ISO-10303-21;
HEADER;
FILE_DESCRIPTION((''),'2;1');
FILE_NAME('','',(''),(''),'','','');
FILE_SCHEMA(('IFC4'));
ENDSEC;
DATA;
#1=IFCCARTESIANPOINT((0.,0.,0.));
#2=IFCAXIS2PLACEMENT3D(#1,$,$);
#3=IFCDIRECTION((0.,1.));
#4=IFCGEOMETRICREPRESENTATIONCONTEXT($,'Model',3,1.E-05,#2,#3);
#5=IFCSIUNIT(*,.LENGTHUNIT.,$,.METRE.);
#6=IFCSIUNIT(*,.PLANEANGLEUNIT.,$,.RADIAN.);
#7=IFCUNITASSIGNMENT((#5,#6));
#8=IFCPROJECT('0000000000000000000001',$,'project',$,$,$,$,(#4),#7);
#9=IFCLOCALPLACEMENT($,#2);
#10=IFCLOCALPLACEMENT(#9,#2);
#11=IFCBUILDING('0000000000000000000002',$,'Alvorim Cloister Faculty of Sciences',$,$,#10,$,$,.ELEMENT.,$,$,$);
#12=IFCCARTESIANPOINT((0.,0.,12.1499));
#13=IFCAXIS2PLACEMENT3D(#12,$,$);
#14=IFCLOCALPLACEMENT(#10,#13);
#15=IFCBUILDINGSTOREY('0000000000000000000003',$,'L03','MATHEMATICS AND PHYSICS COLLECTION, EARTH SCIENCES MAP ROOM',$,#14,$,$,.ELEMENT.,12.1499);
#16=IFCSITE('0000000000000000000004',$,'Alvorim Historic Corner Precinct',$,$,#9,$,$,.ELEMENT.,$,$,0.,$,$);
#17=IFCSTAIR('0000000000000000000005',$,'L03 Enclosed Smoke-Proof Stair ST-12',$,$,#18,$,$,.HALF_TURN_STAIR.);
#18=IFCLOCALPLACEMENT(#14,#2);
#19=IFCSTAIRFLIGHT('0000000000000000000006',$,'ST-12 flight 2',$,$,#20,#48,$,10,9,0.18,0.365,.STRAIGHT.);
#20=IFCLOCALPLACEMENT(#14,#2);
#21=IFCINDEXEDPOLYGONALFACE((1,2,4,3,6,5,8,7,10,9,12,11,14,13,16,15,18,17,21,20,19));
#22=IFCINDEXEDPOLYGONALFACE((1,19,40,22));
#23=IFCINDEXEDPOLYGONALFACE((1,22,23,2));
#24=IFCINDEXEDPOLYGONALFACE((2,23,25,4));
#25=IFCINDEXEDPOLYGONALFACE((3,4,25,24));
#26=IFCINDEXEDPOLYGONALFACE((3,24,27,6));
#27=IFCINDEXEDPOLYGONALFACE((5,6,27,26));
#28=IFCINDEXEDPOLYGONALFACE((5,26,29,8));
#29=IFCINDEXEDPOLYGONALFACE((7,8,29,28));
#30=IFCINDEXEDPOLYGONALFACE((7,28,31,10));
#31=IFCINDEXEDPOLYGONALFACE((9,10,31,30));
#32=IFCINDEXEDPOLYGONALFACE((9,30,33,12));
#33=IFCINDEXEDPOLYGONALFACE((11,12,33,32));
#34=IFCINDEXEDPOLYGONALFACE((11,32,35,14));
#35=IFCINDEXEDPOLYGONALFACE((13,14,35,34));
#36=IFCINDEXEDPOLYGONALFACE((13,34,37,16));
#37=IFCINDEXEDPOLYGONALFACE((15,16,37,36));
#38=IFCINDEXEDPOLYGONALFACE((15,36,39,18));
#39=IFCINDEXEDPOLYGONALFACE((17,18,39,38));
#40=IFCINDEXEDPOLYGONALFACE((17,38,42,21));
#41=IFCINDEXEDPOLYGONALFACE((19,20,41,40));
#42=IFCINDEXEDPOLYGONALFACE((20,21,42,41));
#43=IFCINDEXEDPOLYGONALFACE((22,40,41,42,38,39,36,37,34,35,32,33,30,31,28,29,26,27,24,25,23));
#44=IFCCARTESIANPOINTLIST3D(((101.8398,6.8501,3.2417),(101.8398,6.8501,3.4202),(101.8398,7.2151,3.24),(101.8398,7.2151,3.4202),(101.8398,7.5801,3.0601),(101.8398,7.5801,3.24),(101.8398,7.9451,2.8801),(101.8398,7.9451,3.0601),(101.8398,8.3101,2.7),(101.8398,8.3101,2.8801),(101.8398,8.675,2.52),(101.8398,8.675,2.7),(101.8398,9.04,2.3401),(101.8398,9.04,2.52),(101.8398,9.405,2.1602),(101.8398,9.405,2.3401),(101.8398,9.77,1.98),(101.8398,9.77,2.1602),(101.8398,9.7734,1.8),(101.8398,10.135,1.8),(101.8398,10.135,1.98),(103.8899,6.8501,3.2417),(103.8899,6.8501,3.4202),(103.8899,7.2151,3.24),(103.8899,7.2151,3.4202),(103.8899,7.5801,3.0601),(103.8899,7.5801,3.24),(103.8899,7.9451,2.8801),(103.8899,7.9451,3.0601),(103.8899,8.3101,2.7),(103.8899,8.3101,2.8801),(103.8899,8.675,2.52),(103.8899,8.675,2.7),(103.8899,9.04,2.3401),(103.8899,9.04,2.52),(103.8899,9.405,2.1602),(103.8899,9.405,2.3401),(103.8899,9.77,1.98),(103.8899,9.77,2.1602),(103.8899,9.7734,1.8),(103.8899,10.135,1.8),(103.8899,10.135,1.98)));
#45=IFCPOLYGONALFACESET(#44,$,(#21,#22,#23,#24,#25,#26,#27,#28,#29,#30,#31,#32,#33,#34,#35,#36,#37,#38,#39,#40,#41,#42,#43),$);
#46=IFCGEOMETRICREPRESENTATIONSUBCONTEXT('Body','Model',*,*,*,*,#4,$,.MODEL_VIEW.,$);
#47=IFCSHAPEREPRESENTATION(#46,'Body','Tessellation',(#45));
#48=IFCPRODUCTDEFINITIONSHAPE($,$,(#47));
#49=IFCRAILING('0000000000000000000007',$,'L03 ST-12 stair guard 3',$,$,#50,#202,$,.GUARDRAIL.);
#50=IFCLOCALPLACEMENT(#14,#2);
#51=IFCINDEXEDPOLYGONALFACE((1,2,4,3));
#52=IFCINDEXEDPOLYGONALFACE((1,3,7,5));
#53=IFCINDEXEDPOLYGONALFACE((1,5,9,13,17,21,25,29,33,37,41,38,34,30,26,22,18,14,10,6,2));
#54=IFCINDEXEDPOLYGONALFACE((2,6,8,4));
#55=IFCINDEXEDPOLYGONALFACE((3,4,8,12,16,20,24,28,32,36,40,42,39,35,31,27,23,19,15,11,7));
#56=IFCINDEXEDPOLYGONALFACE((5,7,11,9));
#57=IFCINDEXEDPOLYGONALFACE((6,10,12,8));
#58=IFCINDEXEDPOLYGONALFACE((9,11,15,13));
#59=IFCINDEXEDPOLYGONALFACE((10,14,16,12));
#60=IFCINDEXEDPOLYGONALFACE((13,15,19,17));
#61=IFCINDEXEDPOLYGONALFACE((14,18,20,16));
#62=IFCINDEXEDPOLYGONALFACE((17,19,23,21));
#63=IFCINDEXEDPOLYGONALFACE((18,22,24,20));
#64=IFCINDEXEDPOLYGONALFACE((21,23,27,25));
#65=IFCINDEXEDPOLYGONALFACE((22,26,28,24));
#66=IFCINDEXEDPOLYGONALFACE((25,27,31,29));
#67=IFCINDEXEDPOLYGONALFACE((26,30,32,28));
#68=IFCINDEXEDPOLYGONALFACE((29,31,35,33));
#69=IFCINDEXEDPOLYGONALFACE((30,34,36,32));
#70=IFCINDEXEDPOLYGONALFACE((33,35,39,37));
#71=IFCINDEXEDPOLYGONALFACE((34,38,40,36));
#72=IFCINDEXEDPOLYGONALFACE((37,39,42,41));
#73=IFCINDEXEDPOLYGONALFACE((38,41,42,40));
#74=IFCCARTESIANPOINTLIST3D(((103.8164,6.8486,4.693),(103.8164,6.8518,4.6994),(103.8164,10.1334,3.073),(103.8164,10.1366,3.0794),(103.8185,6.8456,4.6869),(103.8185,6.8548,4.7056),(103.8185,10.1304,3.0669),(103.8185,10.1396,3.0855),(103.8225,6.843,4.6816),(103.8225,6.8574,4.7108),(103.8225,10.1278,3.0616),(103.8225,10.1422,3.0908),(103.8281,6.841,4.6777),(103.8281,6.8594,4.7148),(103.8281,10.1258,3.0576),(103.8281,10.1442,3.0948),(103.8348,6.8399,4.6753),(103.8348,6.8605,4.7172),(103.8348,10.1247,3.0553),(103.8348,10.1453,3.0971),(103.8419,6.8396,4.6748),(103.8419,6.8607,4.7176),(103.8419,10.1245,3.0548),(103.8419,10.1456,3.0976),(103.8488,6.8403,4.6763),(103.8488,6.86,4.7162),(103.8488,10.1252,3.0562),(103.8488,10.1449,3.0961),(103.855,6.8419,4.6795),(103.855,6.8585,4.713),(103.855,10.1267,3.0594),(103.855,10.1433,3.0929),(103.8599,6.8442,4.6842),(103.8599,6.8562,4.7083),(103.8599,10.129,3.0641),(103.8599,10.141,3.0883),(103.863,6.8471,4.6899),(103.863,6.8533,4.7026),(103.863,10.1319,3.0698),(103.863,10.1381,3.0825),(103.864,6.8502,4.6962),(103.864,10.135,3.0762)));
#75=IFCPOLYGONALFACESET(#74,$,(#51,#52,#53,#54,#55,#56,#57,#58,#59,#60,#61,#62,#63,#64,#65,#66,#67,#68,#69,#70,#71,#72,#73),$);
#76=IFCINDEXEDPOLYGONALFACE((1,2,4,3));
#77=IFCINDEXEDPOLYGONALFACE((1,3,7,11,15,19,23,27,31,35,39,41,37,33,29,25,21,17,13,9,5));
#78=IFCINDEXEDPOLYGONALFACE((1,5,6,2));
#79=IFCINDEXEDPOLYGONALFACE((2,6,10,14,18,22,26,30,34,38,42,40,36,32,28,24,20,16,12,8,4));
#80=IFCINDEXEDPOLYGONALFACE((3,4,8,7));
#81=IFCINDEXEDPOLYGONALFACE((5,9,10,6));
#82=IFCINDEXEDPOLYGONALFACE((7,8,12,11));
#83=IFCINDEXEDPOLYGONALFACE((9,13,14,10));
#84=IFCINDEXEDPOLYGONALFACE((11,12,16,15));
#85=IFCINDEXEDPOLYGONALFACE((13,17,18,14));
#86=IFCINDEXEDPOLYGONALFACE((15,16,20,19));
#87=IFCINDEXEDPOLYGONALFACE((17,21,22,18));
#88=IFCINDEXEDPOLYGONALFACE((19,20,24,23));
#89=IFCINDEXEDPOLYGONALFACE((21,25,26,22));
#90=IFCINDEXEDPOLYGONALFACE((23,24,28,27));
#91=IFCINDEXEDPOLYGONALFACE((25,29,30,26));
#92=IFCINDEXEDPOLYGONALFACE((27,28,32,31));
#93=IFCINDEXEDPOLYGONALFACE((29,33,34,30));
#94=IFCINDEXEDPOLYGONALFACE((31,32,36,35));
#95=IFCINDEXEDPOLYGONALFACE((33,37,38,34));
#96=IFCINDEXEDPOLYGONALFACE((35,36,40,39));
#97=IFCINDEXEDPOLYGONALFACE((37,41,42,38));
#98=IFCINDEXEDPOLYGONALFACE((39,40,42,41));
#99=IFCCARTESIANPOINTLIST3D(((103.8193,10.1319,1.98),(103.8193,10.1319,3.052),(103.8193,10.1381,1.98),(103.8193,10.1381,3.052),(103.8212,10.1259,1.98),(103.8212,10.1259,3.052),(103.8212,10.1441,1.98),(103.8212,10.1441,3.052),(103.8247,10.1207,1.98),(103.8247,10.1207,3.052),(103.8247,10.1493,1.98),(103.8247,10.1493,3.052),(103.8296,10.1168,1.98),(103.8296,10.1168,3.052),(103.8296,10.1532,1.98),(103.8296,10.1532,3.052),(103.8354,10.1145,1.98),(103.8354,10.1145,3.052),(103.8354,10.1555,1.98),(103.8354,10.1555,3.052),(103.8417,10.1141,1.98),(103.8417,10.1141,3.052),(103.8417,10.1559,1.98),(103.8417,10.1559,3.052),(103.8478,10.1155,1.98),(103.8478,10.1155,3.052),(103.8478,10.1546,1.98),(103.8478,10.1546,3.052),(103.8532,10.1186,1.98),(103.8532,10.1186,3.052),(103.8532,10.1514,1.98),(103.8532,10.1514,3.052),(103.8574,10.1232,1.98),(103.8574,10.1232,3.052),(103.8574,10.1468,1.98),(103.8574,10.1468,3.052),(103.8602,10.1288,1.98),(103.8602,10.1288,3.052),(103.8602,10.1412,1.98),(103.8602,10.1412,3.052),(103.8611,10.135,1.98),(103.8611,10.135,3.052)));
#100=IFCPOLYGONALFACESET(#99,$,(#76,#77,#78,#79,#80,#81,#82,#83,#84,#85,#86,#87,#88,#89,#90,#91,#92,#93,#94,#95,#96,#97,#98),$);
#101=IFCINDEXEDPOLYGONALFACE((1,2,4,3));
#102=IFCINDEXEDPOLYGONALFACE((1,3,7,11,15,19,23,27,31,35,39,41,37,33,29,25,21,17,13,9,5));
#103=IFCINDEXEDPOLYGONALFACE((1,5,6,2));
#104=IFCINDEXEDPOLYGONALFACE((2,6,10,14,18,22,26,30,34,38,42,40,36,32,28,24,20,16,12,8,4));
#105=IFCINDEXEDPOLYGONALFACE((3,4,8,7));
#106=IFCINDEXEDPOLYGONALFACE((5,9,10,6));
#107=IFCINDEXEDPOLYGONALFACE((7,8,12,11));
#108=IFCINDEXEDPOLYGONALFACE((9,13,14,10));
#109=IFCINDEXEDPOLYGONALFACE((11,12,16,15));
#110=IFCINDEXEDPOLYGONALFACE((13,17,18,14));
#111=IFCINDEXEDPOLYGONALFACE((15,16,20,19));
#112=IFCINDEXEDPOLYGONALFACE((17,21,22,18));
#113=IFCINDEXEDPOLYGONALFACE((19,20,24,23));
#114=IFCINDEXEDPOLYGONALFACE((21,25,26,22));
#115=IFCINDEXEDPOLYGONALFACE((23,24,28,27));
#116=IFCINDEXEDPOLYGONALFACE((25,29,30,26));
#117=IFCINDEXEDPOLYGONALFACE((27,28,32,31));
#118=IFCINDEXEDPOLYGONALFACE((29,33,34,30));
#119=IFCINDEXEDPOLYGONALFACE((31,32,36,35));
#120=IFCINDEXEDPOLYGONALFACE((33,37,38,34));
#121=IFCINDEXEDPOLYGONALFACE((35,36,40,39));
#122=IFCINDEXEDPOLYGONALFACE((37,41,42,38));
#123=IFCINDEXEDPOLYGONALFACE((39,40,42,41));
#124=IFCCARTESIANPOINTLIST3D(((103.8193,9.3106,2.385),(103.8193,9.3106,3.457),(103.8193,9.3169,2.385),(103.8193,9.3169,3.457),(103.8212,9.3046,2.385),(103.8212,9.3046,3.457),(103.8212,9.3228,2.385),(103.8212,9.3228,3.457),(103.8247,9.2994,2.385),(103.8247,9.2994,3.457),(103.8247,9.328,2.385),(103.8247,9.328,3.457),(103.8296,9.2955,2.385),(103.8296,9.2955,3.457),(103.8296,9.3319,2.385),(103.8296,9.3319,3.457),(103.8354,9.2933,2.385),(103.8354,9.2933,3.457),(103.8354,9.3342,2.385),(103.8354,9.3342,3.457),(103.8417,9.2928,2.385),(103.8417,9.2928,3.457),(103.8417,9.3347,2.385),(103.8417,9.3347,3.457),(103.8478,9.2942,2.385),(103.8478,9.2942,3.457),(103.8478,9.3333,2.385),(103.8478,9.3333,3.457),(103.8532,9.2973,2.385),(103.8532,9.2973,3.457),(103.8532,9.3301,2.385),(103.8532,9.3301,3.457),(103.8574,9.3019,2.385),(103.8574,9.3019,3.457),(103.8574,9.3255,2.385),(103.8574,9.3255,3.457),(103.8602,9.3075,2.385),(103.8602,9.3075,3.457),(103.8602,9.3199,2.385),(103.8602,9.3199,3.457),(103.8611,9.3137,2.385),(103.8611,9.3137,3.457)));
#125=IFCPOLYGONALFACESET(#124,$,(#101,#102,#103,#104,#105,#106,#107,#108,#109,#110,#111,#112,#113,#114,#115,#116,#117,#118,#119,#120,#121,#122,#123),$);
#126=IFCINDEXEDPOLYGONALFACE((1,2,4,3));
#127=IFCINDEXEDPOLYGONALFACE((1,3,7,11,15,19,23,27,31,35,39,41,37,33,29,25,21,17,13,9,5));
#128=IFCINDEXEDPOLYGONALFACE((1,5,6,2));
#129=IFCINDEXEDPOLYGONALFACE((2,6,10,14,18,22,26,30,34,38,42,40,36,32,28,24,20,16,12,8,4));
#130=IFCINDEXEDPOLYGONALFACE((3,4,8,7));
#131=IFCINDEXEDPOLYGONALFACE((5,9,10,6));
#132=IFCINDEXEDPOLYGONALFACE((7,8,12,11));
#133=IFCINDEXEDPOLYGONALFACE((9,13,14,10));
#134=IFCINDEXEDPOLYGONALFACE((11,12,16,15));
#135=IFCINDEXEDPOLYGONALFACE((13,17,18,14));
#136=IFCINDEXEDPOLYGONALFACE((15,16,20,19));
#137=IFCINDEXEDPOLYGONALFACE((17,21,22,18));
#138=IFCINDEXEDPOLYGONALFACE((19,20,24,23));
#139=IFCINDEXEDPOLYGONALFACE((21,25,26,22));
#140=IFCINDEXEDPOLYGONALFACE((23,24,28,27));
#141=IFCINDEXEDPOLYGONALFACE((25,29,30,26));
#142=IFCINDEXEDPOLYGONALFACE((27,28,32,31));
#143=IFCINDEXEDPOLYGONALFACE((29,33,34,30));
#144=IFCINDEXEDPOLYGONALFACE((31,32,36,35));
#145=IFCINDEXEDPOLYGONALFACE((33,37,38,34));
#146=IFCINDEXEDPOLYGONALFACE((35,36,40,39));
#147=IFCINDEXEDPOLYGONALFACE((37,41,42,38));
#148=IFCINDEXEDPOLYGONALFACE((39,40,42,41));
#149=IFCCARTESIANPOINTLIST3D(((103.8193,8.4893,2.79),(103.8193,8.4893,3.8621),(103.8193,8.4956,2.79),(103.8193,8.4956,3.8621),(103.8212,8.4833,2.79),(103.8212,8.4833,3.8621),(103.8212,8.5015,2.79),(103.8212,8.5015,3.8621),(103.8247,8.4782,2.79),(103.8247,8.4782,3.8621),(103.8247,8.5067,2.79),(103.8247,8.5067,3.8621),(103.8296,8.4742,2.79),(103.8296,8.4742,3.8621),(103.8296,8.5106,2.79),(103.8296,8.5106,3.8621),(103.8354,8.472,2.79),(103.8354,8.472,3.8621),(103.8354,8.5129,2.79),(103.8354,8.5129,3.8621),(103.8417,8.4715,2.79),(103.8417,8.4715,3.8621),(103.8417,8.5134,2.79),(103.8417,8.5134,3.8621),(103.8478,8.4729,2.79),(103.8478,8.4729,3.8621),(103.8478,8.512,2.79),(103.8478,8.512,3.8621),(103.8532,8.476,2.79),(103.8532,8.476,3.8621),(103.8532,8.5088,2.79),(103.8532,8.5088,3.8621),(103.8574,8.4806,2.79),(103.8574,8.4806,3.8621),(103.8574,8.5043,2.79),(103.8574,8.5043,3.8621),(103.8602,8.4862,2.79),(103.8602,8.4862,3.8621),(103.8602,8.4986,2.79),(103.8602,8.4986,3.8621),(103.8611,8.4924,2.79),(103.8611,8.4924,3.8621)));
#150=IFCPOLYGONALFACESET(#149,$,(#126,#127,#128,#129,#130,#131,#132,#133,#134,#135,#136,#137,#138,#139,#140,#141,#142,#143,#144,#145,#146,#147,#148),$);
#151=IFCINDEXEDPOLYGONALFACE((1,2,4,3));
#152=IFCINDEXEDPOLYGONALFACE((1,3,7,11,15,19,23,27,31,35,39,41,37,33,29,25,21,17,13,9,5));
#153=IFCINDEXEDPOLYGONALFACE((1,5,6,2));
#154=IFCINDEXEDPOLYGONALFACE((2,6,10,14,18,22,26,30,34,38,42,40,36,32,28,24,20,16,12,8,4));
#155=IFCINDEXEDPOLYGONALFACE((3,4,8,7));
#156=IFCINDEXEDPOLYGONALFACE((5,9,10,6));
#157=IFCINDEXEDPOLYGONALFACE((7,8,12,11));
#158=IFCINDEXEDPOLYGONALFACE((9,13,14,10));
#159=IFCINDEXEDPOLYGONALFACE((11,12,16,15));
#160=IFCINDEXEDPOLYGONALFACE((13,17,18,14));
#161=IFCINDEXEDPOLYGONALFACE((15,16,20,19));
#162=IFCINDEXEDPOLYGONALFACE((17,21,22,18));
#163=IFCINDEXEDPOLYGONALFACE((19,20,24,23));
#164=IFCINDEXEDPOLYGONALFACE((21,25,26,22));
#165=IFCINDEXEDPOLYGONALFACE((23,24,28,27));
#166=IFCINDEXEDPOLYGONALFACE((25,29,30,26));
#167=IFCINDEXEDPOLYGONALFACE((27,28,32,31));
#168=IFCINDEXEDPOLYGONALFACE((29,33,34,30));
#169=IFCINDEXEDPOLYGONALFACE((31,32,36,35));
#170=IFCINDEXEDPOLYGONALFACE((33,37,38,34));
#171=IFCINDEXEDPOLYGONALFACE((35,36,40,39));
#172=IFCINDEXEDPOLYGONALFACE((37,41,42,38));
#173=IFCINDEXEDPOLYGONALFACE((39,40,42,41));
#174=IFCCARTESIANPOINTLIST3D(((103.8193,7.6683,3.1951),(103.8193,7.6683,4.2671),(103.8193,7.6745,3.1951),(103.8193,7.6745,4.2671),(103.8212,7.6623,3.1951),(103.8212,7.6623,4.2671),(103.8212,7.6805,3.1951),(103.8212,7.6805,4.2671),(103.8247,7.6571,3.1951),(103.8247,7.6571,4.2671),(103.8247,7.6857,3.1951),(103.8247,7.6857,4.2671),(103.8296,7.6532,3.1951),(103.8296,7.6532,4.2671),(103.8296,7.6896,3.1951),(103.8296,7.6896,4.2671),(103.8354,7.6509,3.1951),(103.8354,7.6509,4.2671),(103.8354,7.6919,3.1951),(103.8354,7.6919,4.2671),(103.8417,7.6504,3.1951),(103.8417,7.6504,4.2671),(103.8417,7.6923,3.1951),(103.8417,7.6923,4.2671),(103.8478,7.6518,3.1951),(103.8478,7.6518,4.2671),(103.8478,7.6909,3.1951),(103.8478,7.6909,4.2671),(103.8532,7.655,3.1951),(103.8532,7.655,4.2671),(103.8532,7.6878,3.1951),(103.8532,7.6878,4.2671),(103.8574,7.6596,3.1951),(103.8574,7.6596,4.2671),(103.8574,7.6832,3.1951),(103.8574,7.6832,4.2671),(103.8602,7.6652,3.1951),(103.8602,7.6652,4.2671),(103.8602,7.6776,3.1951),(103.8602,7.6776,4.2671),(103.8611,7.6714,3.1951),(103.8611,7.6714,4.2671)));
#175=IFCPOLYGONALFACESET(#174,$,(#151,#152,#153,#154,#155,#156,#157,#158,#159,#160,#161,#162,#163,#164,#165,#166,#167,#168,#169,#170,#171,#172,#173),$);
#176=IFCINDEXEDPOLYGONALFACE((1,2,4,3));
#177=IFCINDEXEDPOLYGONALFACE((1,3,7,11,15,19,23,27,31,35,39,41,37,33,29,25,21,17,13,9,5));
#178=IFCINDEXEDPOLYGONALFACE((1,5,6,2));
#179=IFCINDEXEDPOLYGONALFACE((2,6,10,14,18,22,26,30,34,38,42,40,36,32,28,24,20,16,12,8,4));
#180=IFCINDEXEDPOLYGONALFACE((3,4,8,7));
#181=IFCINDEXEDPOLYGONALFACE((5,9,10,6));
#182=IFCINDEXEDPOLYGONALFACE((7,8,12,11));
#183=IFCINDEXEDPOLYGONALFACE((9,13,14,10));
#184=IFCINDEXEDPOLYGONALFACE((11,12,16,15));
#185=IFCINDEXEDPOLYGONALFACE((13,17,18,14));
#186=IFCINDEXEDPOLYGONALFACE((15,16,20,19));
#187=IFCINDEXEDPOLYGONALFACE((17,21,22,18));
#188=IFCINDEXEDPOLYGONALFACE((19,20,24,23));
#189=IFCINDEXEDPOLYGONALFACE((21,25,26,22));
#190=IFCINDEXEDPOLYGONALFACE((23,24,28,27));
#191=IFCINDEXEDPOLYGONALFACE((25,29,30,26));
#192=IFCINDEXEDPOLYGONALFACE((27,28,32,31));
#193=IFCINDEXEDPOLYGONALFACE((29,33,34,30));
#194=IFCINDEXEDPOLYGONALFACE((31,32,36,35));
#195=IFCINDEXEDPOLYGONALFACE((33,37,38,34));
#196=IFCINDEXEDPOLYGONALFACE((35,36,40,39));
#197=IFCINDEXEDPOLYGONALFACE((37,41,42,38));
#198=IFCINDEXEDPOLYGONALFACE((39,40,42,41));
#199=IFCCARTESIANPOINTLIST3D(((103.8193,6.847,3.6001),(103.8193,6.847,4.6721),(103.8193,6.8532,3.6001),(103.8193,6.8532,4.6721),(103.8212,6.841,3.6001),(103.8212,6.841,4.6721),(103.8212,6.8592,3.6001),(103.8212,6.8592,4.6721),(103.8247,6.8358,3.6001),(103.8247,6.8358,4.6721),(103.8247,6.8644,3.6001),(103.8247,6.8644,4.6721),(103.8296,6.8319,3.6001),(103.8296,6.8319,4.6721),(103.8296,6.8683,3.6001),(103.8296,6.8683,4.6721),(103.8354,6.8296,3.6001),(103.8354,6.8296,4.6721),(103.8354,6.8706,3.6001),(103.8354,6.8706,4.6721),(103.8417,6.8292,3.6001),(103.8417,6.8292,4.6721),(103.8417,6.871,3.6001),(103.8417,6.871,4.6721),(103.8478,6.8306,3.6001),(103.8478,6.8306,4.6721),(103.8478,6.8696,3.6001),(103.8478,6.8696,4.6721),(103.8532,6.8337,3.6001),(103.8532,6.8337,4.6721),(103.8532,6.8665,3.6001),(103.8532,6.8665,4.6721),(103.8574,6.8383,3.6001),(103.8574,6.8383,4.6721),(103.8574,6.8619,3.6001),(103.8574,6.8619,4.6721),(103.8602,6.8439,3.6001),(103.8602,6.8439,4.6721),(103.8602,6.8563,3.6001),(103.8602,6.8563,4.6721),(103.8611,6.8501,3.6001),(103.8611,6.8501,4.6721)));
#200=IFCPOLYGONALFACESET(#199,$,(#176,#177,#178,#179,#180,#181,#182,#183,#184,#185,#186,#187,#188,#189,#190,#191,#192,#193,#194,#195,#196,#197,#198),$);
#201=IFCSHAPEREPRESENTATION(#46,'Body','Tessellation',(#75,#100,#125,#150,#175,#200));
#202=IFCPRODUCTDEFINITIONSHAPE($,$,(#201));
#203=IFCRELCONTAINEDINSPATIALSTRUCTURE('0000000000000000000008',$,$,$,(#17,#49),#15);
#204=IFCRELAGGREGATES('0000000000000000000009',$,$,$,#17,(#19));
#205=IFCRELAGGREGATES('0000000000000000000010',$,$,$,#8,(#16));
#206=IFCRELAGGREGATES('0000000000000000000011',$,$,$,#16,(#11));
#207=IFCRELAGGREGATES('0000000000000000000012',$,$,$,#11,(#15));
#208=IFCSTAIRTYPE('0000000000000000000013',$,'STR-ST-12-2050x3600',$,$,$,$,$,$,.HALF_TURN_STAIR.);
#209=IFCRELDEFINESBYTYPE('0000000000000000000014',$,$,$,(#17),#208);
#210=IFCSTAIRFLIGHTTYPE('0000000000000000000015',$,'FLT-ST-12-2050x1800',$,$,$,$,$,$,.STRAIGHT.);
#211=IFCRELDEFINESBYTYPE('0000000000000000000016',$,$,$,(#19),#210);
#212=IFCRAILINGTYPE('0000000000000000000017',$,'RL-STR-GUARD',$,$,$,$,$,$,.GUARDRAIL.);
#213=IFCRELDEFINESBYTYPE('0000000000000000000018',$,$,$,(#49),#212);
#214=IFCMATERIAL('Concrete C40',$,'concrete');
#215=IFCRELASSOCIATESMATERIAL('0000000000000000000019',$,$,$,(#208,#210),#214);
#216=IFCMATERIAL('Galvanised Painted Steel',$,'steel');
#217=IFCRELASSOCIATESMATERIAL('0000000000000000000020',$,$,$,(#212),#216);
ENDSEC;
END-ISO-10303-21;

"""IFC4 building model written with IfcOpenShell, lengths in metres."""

from ifc_helpers import new_model, si_unit, direction, frame, origin, origin_2d, place, context, subcontext, project, spatial, polyline, circle, outline, extrude, material, type_object, element, aggregate, save


model = new_model("IFC4")

# Units and contexts
model_context = context("Model", 3, precision=1e-05, world=origin(), true_north=direction((0.0, 1.0)))
body_context = subcontext(model_context, "Body", "Model", "MODEL_VIEW")
ifc_project = project(units=[si_unit("LENGTHUNIT", "METRE"), si_unit("PLANEANGLEUNIT", "RADIAN")], contexts=[model_context])

# Site, building, storey
site_placement = place(None, origin())
site = spatial("IfcSite", under=ifc_project, at=site_placement, Name="Alvorim Historic Corner Precinct", CompositionType="ELEMENT", RefElevation=0.0)
building_placement = place(site_placement, origin())
building = spatial("IfcBuilding", under=site, at=building_placement, Name="Alvorim Cloister Faculty of Sciences", CompositionType="ELEMENT")
storey_placement = place(building_placement, frame((0.0, 0.0, 12.1499)))
storey = spatial("IfcBuildingStorey", under=building, at=storey_placement, Name="L03", Description="MATHEMATICS AND PHYSICS COLLECTION, EARTH SCIENCES MAP ROOM", CompositionType="ELEMENT", Elevation=12.1499)

# Shared definitions
ifc_material_1 = material(Name="Concrete C40", Category="concrete")

# Stair, stair flight
stair_type = type_object("IfcStairType", Name="STR-ST-12-2050x3600", PredefinedType="HALF_TURN_STAIR", material=ifc_material_1)
stair_placement = place(storey_placement, origin())
stair = element("IfcStair", 1, at=stair_placement, inside=storey, type_object=stair_type, Name="L03 Enclosed Smoke-Proof Stair ST-12", PredefinedType="HALF_TURN_STAIR")
stair_flight_type = type_object("IfcStairFlightType", Name="FLT-ST-12-2050x1800", PredefinedType="STRAIGHT", material=ifc_material_1)
stair_flight_placement = place(storey_placement, frame((102.865, 10.135, 1.8), z_axis=(0.0, 0.0, 1.0), x_axis=(0.0, -1.0, 0.0)))
stair_flight = element("IfcStairFlight", 2, at=stair_flight_placement, type_object=stair_flight_type, Name="ST-12 flight 2", NumberOfRisers=10, NumberOfTreads=9, PredefinedType="STRAIGHT", RiserHeight=0.18, TreadLength=0.365, context=body_context, shape_type="SweptSolid", body=[
    extrude(outline(polyline([(0.3616, 0.0), (3.2849, 1.4417), (3.2849, 1.8), (3.2849, 1.6201), (2.9199, 1.6201), (2.9199, 1.4399), (2.5549, 1.4399), (2.5549, 1.26), (2.1899, 1.26), (2.1899, 1.0801), (1.825, 1.0801), (1.825, 0.8999), (1.46, 0.8999), (1.46, 0.72), (1.095, 0.72), (1.095, 0.54), (0.73, 0.54), (0.73, 0.3601), (0.365, 0.3601), (0.365, 0.1799), (0.0, 0.1799), (0.0, 0.0), (0.3616, 0.0)])), frame((0.0, 1.0249, 0.0), z_axis=(0.0, -1.0, 0.0), x_axis=(1.0, 0.0, 0.0)), (0.0, 0.0, 1.0), 2.05),
])
aggregate(stair, [stair_flight])

# Railing
ifc_material_2 = material(Name="Galvanised Painted Steel", Category="steel")
railing_type_1 = type_object("IfcRailingType", Name="RL-STR-GUARD", PredefinedType="GUARDRAIL", material=ifc_material_2)
railing_1_placement = place(storey_placement, frame((103.8401, 10.135, 1.98)))
element("IfcRailing", 3, at=railing_1_placement, inside=storey, type_object=railing_type_1, Name="L03 ST-12 stair guard 3", PredefinedType="GUARDRAIL", context=body_context, shape_type="SweptSolid", body=[
    extrude(circle(Radius=0.0239, at=origin_2d()), frame((0.0, 0.0, 1.0962), z_axis=(0.0, -0.896853, 0.442328), x_axis=(1.0, 0.0, 0.0)), (0.0, 0.0, 1.0), 3.6626),
    extrude(circle(Radius=0.021, at=origin_2d()), origin(), (0.0, 0.0, 1.0), 1.072),
    extrude(circle(Radius=0.021, at=origin_2d()), frame((0.0, -0.8213, 0.405)), (0.0, 0.0, 1.0), 1.072),
    extrude(circle(Radius=0.021, at=origin_2d()), frame((0.0, -1.6426, 0.8101)), (0.0, 0.0, 1.0), 1.072),
    extrude(circle(Radius=0.021, at=origin_2d()), frame((0.0, -2.4636, 1.2151)), (0.0, 0.0, 1.0), 1.072),
    extrude(circle(Radius=0.021, at=origin_2d()), frame((0.0, -3.2849, 1.6201)), (0.0, 0.0, 1.0), 1.072),
])

save(model, "model.ifc")
